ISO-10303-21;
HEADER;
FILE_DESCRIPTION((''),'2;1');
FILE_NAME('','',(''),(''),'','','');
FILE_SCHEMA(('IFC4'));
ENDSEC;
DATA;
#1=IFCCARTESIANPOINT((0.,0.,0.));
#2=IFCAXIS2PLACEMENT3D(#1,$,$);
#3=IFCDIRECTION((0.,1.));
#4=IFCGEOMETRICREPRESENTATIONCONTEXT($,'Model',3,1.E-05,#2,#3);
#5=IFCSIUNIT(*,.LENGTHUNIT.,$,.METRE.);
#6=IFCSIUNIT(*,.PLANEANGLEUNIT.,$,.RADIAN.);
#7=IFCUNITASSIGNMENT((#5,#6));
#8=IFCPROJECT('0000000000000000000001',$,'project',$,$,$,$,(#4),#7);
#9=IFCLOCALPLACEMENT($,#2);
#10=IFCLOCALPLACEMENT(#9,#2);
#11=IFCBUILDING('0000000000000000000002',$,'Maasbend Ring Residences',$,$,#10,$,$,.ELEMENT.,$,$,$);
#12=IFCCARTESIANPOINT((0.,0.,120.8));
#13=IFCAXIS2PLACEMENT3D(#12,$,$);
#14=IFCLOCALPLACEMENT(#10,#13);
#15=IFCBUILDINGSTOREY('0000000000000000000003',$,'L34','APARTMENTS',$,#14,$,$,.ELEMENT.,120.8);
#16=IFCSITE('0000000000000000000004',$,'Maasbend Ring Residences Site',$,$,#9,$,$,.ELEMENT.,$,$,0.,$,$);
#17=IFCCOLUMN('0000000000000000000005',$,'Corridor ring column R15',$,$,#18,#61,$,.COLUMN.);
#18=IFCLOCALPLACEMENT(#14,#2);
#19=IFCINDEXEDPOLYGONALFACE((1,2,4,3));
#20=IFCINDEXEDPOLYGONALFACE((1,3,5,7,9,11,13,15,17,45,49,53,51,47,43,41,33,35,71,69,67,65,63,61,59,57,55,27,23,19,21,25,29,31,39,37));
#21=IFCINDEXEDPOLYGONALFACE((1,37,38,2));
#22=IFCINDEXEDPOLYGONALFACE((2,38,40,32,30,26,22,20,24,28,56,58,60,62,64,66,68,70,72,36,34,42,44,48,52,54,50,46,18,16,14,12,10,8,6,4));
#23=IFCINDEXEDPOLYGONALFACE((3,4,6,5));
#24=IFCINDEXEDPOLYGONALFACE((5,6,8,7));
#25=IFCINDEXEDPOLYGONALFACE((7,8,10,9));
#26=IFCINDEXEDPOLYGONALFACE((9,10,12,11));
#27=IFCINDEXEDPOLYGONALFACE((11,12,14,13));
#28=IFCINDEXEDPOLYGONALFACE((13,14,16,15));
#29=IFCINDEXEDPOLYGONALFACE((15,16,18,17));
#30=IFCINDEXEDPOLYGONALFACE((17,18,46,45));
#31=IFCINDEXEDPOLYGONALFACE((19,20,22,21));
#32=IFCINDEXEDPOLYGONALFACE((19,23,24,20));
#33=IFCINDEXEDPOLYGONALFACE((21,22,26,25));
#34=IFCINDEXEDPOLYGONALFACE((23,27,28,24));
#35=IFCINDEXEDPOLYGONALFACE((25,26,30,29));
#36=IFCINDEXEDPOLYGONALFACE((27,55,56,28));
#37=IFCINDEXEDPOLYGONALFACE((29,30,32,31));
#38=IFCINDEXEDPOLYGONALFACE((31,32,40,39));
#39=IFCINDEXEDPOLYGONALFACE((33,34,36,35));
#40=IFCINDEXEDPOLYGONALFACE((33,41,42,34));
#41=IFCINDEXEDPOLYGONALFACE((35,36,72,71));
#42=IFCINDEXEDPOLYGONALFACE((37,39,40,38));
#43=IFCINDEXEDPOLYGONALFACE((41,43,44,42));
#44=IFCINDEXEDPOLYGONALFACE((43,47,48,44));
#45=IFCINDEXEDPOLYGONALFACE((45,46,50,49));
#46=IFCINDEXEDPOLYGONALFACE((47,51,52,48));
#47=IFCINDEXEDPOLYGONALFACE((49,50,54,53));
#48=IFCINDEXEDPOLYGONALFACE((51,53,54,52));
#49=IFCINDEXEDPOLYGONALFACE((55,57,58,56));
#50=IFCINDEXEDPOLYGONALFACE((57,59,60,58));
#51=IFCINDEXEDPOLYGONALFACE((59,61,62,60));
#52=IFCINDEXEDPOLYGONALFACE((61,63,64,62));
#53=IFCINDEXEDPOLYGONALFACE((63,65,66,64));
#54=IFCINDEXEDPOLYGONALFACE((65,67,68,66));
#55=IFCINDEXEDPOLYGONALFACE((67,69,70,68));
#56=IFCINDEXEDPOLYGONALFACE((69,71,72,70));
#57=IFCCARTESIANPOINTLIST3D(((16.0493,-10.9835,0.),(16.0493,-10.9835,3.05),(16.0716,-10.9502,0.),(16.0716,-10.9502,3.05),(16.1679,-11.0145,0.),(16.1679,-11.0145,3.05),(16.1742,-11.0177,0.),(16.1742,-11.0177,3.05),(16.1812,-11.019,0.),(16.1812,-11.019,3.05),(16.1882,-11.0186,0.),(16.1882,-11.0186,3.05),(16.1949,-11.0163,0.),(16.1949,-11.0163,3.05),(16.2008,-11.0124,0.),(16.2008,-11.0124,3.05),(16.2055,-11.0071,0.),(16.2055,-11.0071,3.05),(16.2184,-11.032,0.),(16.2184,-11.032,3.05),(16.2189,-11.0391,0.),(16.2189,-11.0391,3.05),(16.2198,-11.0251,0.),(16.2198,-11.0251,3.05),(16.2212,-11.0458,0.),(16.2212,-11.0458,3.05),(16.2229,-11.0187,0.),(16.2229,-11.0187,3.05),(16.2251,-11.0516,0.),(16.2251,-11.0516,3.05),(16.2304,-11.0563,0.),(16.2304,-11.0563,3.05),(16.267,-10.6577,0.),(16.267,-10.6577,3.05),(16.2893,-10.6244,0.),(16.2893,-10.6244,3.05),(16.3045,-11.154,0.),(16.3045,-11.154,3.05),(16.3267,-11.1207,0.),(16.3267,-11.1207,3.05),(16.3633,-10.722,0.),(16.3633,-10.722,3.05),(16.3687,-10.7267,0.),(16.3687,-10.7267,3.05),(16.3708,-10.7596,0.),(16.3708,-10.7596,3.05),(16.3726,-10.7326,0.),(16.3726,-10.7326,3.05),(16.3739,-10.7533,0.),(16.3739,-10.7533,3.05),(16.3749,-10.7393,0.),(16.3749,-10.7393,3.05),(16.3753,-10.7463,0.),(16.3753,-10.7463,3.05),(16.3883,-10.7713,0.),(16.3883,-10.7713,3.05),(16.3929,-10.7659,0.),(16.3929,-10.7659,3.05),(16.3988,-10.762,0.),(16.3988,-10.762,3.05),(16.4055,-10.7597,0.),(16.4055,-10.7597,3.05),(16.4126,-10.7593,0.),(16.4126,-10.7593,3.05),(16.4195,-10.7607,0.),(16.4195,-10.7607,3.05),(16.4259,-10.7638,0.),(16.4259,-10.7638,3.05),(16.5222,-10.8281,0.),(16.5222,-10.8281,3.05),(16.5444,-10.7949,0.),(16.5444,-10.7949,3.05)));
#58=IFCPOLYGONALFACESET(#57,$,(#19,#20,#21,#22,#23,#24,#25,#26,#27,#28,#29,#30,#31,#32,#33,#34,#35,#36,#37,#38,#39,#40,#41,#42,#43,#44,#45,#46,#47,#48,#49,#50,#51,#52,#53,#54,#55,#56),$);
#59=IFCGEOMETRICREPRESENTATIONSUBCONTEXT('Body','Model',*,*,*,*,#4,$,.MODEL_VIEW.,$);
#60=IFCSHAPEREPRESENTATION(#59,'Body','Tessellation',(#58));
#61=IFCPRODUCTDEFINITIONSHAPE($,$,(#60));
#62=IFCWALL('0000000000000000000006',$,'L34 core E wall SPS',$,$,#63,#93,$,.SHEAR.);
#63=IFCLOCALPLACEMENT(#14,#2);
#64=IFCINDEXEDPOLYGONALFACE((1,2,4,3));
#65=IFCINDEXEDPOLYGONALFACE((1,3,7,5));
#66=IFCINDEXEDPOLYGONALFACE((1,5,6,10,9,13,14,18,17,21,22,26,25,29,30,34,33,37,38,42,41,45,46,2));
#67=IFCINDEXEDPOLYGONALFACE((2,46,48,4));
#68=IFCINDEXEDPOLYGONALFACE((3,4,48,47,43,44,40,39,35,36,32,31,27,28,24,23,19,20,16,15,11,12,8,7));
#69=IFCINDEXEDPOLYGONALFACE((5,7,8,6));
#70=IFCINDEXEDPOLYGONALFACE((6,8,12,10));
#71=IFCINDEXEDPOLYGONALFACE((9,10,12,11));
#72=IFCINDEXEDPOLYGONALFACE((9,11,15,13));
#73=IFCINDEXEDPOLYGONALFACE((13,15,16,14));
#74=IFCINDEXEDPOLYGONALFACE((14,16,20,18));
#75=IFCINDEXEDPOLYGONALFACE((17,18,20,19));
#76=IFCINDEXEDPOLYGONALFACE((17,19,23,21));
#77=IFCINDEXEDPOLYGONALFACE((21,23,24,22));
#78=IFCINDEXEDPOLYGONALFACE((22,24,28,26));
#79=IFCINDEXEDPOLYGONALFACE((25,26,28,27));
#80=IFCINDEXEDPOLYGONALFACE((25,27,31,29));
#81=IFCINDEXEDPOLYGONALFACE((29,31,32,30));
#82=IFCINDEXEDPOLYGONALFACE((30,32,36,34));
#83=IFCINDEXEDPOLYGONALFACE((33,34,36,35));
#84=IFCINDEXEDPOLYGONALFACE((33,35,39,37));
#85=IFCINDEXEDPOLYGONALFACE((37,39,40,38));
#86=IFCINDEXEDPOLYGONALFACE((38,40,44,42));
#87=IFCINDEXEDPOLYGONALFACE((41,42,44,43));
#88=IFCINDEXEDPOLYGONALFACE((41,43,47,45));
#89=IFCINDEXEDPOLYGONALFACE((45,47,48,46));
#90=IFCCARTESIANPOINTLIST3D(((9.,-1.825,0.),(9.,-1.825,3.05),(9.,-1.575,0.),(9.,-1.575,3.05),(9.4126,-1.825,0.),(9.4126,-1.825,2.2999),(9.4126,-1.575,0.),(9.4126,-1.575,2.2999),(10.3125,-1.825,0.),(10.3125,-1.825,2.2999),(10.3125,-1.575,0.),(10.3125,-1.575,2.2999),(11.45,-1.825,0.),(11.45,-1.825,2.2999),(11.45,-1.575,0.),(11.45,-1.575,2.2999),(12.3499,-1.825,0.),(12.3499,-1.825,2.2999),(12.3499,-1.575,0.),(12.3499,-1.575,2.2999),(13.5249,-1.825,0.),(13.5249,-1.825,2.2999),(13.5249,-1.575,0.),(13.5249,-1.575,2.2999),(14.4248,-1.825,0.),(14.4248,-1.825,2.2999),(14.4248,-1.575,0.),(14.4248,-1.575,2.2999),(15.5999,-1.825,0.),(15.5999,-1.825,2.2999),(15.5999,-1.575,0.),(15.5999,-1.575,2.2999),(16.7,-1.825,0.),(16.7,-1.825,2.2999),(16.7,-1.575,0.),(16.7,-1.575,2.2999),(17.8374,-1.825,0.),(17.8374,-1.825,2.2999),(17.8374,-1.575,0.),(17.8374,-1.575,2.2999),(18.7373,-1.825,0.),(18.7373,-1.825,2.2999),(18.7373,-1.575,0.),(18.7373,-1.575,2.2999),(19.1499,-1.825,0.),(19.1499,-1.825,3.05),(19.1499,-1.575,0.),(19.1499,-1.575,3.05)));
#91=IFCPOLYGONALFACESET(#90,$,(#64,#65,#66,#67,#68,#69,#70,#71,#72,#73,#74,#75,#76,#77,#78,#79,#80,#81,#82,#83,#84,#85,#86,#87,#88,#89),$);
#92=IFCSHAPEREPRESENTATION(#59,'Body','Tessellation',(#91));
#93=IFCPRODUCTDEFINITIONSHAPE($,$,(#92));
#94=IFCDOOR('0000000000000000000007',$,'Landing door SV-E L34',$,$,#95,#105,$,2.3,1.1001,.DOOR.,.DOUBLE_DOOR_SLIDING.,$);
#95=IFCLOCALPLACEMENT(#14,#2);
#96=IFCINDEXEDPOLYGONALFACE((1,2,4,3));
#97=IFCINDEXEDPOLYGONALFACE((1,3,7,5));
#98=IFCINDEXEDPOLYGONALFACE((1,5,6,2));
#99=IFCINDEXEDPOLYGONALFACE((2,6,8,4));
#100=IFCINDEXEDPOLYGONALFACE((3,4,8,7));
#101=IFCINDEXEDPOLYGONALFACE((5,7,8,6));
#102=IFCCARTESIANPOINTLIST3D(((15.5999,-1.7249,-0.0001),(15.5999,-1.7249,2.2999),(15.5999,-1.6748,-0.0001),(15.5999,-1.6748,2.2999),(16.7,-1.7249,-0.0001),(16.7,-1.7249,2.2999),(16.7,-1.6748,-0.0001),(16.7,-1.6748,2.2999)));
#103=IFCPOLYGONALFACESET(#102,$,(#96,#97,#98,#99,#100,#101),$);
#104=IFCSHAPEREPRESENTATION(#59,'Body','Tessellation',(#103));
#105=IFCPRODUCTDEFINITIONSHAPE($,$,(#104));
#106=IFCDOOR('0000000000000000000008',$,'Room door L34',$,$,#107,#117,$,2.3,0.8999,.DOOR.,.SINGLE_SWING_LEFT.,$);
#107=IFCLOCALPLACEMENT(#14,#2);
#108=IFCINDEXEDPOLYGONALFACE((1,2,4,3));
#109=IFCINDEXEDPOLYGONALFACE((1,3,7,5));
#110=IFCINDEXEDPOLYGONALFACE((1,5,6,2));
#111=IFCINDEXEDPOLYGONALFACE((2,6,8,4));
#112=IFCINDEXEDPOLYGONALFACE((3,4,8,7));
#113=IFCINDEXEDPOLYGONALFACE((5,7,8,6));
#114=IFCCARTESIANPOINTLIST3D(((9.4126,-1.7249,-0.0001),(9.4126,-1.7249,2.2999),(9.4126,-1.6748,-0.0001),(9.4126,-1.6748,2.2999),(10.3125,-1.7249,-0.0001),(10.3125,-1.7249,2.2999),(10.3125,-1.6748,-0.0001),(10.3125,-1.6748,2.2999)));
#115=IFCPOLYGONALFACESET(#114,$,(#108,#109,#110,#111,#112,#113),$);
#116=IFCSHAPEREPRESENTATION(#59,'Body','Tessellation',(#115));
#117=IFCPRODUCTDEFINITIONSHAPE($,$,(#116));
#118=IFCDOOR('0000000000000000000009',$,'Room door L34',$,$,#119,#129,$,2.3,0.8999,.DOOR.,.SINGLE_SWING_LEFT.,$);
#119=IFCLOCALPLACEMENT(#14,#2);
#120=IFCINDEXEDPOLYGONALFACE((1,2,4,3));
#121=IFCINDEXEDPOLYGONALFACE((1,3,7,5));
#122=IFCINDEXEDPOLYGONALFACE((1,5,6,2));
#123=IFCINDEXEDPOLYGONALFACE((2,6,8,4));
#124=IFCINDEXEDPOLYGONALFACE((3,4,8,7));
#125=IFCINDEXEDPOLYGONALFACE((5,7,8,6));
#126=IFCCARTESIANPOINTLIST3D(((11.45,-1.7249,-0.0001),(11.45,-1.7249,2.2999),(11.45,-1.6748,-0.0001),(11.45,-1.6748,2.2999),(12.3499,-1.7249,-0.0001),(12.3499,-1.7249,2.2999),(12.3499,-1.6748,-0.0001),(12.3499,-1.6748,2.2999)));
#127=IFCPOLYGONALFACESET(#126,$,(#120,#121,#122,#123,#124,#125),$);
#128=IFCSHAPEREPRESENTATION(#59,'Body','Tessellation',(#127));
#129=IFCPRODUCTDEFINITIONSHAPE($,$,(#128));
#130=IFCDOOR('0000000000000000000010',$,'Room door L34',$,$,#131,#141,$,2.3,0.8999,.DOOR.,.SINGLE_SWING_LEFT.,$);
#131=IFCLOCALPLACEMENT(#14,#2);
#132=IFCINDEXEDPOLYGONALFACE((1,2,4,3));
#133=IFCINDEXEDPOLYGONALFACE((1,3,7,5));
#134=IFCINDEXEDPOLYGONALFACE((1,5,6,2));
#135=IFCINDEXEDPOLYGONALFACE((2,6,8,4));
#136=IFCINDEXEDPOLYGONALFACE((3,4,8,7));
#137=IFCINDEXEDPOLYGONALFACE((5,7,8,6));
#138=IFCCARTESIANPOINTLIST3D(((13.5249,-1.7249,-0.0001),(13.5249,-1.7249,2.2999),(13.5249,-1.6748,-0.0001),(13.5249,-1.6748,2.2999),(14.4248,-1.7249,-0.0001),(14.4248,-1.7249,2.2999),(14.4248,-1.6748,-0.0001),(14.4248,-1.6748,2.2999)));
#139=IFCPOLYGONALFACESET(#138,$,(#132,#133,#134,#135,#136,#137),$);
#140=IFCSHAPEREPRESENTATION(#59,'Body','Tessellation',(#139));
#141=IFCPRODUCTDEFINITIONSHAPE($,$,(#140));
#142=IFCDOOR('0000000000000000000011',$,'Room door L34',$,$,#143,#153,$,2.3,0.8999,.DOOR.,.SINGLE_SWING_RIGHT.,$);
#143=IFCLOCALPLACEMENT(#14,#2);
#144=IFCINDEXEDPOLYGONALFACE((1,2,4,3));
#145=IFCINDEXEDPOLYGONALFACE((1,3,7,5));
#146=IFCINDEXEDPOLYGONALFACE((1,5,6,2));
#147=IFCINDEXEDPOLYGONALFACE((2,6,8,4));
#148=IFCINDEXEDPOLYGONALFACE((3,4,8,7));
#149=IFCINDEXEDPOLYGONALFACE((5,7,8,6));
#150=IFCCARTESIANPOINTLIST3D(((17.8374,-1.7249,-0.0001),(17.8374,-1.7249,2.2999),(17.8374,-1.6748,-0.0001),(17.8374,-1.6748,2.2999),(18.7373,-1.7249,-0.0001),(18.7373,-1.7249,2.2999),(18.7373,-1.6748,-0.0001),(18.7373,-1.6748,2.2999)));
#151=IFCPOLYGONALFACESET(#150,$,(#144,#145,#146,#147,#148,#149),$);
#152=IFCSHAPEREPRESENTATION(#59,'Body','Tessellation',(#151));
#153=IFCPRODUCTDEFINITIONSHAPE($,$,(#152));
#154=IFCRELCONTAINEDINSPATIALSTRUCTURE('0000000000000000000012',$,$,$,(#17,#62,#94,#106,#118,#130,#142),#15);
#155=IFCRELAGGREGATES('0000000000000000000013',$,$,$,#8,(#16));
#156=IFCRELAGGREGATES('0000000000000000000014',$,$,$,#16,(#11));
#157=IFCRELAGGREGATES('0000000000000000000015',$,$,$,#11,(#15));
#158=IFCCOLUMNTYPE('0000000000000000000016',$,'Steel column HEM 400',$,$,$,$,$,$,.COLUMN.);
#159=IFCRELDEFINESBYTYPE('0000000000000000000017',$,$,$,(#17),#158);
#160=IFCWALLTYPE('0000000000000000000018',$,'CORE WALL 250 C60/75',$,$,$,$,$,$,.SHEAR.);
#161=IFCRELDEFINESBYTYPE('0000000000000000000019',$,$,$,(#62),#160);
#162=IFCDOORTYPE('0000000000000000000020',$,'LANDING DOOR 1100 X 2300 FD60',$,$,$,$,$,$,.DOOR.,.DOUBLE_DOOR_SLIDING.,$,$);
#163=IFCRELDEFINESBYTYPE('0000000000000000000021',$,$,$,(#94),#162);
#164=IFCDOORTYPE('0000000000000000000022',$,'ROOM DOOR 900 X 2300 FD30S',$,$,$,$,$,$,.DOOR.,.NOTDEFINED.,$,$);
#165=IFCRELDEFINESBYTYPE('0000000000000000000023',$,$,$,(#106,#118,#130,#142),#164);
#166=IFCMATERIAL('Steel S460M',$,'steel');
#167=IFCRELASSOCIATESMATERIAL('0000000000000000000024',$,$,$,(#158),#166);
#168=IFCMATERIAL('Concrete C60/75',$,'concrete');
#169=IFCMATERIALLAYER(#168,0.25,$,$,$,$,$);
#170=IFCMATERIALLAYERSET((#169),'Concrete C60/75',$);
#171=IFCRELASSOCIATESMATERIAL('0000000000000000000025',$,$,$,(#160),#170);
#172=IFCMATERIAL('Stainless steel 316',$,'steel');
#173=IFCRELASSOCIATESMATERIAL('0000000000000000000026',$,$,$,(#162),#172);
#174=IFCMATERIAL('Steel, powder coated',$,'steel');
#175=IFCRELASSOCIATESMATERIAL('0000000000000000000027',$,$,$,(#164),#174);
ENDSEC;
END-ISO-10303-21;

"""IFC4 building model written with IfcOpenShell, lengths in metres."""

from ifc_helpers import new_model, si_unit, direction, frame, frame_2d, origin, origin_2d, place, context, subcontext, project, spatial, rectangle, i_section, extrude, material, layer, layer_set, material_profile, profile_set, type_object, element, fill, save


model = new_model("IFC4")

# Units and contexts
model_context = context("Model", 3, precision=1e-05, world=origin(), true_north=direction((0.0, 1.0)))
body_context = subcontext(model_context, "Body", "Model", "MODEL_VIEW")
ifc_project = project(units=[si_unit("LENGTHUNIT", "METRE"), si_unit("PLANEANGLEUNIT", "RADIAN")], contexts=[model_context])

# Site, building, storey
site_placement = place(None, origin())
site = spatial("IfcSite", under=ifc_project, at=site_placement, Name="Maasbend Ring Residences Site", CompositionType="ELEMENT", RefElevation=0.0)
building_placement = place(site_placement, origin())
building = spatial("IfcBuilding", under=site, at=building_placement, Name="Maasbend Ring Residences", CompositionType="ELEMENT")
storey_placement = place(building_placement, frame((0.0, 0.0, 120.8)))
storey = spatial("IfcBuildingStorey", under=building, at=storey_placement, Name="L34", Description="APARTMENTS", CompositionType="ELEMENT", Elevation=120.8)

# Column
ifc_material_1 = material(Name="Steel S460M", Category="steel")
ifc_material_profile = material_profile(ifc_material_1, i_section(OverallWidth=0.3069, OverallDepth=0.4319, WebThickness=0.021, FlangeThickness=0.04, FilletRadius=0.0271, at=origin_2d()), Name="HEM 400")
ifc_profile_set = profile_set([ifc_material_profile], Name="Steel S460M")
column_type = type_object("IfcColumnType", Name="Steel column HEM 400", PredefinedType="COLUMN", material=ifc_profile_set)
column_placement = place(storey_placement, frame((16.2969, -10.8892, 0.0), z_axis=(0.0, 0.0, 1.0), x_axis=(0.83147, -0.55557, 0.0)))
element("IfcColumn", 1, at=column_placement, inside=storey, type_object=column_type, Name="Corridor ring column R15", PredefinedType="COLUMN", context=body_context, shape_type="SweptSolid", body=[
    extrude(i_section(OverallWidth=0.3069, OverallDepth=0.4319, WebThickness=0.021, FlangeThickness=0.04, FilletRadius=0.0271, at=origin_2d()), origin(), (0.0, 0.0, 1.0), 3.05),
])

# Wall, openings, doors
ifc_material_2 = material(Name="Concrete C60/75", Category="concrete")
ifc_layer_1 = layer(ifc_material_2, 0.25)
ifc_layer_set_1 = layer_set([ifc_layer_1], Name="Concrete C60/75")
wall_type_1 = type_object("IfcWallType", Name="CORE WALL 250 C60/75", PredefinedType="SHEAR", material=ifc_layer_set_1)
wall_1_placement = place(storey_placement, frame((19.1499, -1.7, 0.0), z_axis=(0.0, 0.0, 1.0), x_axis=(-1.0, 0.0, 0.0)))
wall_1 = element("IfcWall", 2, at=wall_1_placement, inside=storey, type_object=wall_type_1, Name="L34 core E wall SPS", PredefinedType="SHEAR", context=body_context, shape_type="SweptSolid", body=[
    extrude(rectangle(XDim=10.1499, YDim=0.25, at=frame_2d((5.075, 0.0))), origin(), (0.0, 0.0, 1.0), 3.05),
])
opening_1_placement = place(wall_1_placement, frame((2.45, 0.0, 0.0)))
opening_1 = element("IfcOpeningElement", 3, at=opening_1_placement, cuts=wall_1, PredefinedType="OPENING", context=body_context, shape_type="SweptSolid", body=[
    extrude(rectangle(XDim=1.1001, YDim=2.3, at=frame_2d((0.55, 1.1499))), frame((0.0, 0.135, 0.0), z_axis=(0.0, -1.0, 0.0), x_axis=(1.0, 0.0, 0.0)), (0.0, 0.0, 1.0), 0.27),
])
opening_2_placement = place(wall_1_placement, frame((8.8374, 0.0, 0.0)))
opening_2 = element("IfcOpeningElement", 4, at=opening_2_placement, cuts=wall_1, PredefinedType="OPENING", context=body_context, shape_type="SweptSolid", body=[
    extrude(rectangle(XDim=0.8999, YDim=2.3, at=frame_2d((0.45, 1.1499))), frame((0.0, 0.135, 0.0), z_axis=(0.0, -1.0, 0.0), x_axis=(1.0, 0.0, 0.0)), (0.0, 0.0, 1.0), 0.27),
])
opening_3_placement = place(wall_1_placement, frame((6.8, 0.0, 0.0)))
opening_3 = element("IfcOpeningElement", 5, at=opening_3_placement, cuts=wall_1, PredefinedType="OPENING", context=body_context, shape_type="SweptSolid", body=[
    extrude(rectangle(XDim=0.8999, YDim=2.3, at=frame_2d((0.45, 1.1499))), frame((0.0, 0.135, 0.0), z_axis=(0.0, -1.0, 0.0), x_axis=(1.0, 0.0, 0.0)), (0.0, 0.0, 1.0), 0.27),
])
opening_4_placement = place(wall_1_placement, frame((4.7251, 0.0, 0.0)))
opening_4 = element("IfcOpeningElement", 6, at=opening_4_placement, cuts=wall_1, PredefinedType="OPENING", context=body_context, shape_type="SweptSolid", body=[
    extrude(rectangle(XDim=0.8999, YDim=2.3, at=frame_2d((0.45, 1.1499))), frame((0.0, 0.135, 0.0), z_axis=(0.0, -1.0, 0.0), x_axis=(1.0, 0.0, 0.0)), (0.0, 0.0, 1.0), 0.27),
])
opening_5_placement = place(wall_1_placement, frame((0.4126, 0.0, 0.0)))
opening_5 = element("IfcOpeningElement", 7, at=opening_5_placement, cuts=wall_1, PredefinedType="OPENING", context=body_context, shape_type="SweptSolid", body=[
    extrude(rectangle(XDim=0.8999, YDim=2.3, at=frame_2d((0.45, 1.1499))), frame((0.0, 0.135, 0.0), z_axis=(0.0, -1.0, 0.0), x_axis=(1.0, 0.0, 0.0)), (0.0, 0.0, 1.0), 0.27),
])
ifc_material_3 = material(Name="Stainless steel 316", Category="steel")
door_type_1 = type_object("IfcDoorType", Name="LANDING DOOR 1100 X 2300 FD60", OperationType="DOUBLE_DOOR_SLIDING", PredefinedType="DOOR", material=ifc_material_3)
door_1_placement = place(opening_1_placement, origin())
door_1 = element("IfcDoor", 8, at=door_1_placement, inside=storey, type_object=door_type_1, Name="Landing door SV-E L34", OperationType="DOUBLE_DOOR_SLIDING", OverallHeight=2.3, OverallWidth=1.1001, PredefinedType="DOOR", context=body_context, shape_type="SweptSolid", body=[
    extrude(rectangle(XDim=1.1001, YDim=2.3, at=frame_2d((0.55, 1.1499))), frame((0.0, 0.0249, 0.0), z_axis=(0.0, -1.0, 0.0), x_axis=(1.0, 0.0, 0.0)), (0.0, 0.0, 1.0), 0.05),
])
fill(opening_1, door_1)
ifc_material_4 = material(Name="Steel, powder coated", Category="steel")
door_type_2 = type_object("IfcDoorType", Name="ROOM DOOR 900 X 2300 FD30S", OperationType="NOTDEFINED", PredefinedType="DOOR", material=ifc_material_4)
door_2_placement = place(opening_2_placement, origin())
door_2 = element("IfcDoor", 9, at=door_2_placement, inside=storey, type_object=door_type_2, Name="Room door L34", OperationType="SINGLE_SWING_LEFT", OverallHeight=2.3, OverallWidth=0.8999, PredefinedType="DOOR", context=body_context, shape_type="SweptSolid", body=[
    extrude(rectangle(XDim=0.8999, YDim=2.3, at=frame_2d((0.45, 1.1499))), frame((0.0, 0.0249, 0.0), z_axis=(0.0, -1.0, 0.0), x_axis=(1.0, 0.0, 0.0)), (0.0, 0.0, 1.0), 0.05),
])
fill(opening_2, door_2)
door_3_placement = place(opening_3_placement, origin())
door_3 = element("IfcDoor", 10, at=door_3_placement, inside=storey, type_object=door_type_2, Name="Room door L34", OperationType="SINGLE_SWING_LEFT", OverallHeight=2.3, OverallWidth=0.8999, PredefinedType="DOOR", context=body_context, shape_type="SweptSolid", body=[
    extrude(rectangle(XDim=0.8999, YDim=2.3, at=frame_2d((0.45, 1.1499))), frame((0.0, 0.0249, 0.0), z_axis=(0.0, -1.0, 0.0), x_axis=(1.0, 0.0, 0.0)), (0.0, 0.0, 1.0), 0.05),
])
fill(opening_3, door_3)
door_4_placement = place(opening_4_placement, origin())
door_4 = element("IfcDoor", 11, at=door_4_placement, inside=storey, type_object=door_type_2, Name="Room door L34", OperationType="SINGLE_SWING_LEFT", OverallHeight=2.3, OverallWidth=0.8999, PredefinedType="DOOR", context=body_context, shape_type="SweptSolid", body=[
    extrude(rectangle(XDim=0.8999, YDim=2.3, at=frame_2d((0.45, 1.1499))), frame((0.0, 0.0249, 0.0), z_axis=(0.0, -1.0, 0.0), x_axis=(1.0, 0.0, 0.0)), (0.0, 0.0, 1.0), 0.05),
])
fill(opening_4, door_4)
door_5_placement = place(opening_5_placement, origin())
door_5 = element("IfcDoor", 12, at=door_5_placement, inside=storey, type_object=door_type_2, Name="Room door L34", OperationType="SINGLE_SWING_RIGHT", OverallHeight=2.3, OverallWidth=0.8999, PredefinedType="DOOR", context=body_context, shape_type="SweptSolid", body=[
    extrude(rectangle(XDim=0.8999, YDim=2.3, at=frame_2d((0.45, 1.1499))), frame((0.0, 0.0249, 0.0), z_axis=(0.0, -1.0, 0.0), x_axis=(1.0, 0.0, 0.0)), (0.0, 0.0, 1.0), 0.05),
])
fill(opening_5, door_5)

save(model, "model.ifc")
